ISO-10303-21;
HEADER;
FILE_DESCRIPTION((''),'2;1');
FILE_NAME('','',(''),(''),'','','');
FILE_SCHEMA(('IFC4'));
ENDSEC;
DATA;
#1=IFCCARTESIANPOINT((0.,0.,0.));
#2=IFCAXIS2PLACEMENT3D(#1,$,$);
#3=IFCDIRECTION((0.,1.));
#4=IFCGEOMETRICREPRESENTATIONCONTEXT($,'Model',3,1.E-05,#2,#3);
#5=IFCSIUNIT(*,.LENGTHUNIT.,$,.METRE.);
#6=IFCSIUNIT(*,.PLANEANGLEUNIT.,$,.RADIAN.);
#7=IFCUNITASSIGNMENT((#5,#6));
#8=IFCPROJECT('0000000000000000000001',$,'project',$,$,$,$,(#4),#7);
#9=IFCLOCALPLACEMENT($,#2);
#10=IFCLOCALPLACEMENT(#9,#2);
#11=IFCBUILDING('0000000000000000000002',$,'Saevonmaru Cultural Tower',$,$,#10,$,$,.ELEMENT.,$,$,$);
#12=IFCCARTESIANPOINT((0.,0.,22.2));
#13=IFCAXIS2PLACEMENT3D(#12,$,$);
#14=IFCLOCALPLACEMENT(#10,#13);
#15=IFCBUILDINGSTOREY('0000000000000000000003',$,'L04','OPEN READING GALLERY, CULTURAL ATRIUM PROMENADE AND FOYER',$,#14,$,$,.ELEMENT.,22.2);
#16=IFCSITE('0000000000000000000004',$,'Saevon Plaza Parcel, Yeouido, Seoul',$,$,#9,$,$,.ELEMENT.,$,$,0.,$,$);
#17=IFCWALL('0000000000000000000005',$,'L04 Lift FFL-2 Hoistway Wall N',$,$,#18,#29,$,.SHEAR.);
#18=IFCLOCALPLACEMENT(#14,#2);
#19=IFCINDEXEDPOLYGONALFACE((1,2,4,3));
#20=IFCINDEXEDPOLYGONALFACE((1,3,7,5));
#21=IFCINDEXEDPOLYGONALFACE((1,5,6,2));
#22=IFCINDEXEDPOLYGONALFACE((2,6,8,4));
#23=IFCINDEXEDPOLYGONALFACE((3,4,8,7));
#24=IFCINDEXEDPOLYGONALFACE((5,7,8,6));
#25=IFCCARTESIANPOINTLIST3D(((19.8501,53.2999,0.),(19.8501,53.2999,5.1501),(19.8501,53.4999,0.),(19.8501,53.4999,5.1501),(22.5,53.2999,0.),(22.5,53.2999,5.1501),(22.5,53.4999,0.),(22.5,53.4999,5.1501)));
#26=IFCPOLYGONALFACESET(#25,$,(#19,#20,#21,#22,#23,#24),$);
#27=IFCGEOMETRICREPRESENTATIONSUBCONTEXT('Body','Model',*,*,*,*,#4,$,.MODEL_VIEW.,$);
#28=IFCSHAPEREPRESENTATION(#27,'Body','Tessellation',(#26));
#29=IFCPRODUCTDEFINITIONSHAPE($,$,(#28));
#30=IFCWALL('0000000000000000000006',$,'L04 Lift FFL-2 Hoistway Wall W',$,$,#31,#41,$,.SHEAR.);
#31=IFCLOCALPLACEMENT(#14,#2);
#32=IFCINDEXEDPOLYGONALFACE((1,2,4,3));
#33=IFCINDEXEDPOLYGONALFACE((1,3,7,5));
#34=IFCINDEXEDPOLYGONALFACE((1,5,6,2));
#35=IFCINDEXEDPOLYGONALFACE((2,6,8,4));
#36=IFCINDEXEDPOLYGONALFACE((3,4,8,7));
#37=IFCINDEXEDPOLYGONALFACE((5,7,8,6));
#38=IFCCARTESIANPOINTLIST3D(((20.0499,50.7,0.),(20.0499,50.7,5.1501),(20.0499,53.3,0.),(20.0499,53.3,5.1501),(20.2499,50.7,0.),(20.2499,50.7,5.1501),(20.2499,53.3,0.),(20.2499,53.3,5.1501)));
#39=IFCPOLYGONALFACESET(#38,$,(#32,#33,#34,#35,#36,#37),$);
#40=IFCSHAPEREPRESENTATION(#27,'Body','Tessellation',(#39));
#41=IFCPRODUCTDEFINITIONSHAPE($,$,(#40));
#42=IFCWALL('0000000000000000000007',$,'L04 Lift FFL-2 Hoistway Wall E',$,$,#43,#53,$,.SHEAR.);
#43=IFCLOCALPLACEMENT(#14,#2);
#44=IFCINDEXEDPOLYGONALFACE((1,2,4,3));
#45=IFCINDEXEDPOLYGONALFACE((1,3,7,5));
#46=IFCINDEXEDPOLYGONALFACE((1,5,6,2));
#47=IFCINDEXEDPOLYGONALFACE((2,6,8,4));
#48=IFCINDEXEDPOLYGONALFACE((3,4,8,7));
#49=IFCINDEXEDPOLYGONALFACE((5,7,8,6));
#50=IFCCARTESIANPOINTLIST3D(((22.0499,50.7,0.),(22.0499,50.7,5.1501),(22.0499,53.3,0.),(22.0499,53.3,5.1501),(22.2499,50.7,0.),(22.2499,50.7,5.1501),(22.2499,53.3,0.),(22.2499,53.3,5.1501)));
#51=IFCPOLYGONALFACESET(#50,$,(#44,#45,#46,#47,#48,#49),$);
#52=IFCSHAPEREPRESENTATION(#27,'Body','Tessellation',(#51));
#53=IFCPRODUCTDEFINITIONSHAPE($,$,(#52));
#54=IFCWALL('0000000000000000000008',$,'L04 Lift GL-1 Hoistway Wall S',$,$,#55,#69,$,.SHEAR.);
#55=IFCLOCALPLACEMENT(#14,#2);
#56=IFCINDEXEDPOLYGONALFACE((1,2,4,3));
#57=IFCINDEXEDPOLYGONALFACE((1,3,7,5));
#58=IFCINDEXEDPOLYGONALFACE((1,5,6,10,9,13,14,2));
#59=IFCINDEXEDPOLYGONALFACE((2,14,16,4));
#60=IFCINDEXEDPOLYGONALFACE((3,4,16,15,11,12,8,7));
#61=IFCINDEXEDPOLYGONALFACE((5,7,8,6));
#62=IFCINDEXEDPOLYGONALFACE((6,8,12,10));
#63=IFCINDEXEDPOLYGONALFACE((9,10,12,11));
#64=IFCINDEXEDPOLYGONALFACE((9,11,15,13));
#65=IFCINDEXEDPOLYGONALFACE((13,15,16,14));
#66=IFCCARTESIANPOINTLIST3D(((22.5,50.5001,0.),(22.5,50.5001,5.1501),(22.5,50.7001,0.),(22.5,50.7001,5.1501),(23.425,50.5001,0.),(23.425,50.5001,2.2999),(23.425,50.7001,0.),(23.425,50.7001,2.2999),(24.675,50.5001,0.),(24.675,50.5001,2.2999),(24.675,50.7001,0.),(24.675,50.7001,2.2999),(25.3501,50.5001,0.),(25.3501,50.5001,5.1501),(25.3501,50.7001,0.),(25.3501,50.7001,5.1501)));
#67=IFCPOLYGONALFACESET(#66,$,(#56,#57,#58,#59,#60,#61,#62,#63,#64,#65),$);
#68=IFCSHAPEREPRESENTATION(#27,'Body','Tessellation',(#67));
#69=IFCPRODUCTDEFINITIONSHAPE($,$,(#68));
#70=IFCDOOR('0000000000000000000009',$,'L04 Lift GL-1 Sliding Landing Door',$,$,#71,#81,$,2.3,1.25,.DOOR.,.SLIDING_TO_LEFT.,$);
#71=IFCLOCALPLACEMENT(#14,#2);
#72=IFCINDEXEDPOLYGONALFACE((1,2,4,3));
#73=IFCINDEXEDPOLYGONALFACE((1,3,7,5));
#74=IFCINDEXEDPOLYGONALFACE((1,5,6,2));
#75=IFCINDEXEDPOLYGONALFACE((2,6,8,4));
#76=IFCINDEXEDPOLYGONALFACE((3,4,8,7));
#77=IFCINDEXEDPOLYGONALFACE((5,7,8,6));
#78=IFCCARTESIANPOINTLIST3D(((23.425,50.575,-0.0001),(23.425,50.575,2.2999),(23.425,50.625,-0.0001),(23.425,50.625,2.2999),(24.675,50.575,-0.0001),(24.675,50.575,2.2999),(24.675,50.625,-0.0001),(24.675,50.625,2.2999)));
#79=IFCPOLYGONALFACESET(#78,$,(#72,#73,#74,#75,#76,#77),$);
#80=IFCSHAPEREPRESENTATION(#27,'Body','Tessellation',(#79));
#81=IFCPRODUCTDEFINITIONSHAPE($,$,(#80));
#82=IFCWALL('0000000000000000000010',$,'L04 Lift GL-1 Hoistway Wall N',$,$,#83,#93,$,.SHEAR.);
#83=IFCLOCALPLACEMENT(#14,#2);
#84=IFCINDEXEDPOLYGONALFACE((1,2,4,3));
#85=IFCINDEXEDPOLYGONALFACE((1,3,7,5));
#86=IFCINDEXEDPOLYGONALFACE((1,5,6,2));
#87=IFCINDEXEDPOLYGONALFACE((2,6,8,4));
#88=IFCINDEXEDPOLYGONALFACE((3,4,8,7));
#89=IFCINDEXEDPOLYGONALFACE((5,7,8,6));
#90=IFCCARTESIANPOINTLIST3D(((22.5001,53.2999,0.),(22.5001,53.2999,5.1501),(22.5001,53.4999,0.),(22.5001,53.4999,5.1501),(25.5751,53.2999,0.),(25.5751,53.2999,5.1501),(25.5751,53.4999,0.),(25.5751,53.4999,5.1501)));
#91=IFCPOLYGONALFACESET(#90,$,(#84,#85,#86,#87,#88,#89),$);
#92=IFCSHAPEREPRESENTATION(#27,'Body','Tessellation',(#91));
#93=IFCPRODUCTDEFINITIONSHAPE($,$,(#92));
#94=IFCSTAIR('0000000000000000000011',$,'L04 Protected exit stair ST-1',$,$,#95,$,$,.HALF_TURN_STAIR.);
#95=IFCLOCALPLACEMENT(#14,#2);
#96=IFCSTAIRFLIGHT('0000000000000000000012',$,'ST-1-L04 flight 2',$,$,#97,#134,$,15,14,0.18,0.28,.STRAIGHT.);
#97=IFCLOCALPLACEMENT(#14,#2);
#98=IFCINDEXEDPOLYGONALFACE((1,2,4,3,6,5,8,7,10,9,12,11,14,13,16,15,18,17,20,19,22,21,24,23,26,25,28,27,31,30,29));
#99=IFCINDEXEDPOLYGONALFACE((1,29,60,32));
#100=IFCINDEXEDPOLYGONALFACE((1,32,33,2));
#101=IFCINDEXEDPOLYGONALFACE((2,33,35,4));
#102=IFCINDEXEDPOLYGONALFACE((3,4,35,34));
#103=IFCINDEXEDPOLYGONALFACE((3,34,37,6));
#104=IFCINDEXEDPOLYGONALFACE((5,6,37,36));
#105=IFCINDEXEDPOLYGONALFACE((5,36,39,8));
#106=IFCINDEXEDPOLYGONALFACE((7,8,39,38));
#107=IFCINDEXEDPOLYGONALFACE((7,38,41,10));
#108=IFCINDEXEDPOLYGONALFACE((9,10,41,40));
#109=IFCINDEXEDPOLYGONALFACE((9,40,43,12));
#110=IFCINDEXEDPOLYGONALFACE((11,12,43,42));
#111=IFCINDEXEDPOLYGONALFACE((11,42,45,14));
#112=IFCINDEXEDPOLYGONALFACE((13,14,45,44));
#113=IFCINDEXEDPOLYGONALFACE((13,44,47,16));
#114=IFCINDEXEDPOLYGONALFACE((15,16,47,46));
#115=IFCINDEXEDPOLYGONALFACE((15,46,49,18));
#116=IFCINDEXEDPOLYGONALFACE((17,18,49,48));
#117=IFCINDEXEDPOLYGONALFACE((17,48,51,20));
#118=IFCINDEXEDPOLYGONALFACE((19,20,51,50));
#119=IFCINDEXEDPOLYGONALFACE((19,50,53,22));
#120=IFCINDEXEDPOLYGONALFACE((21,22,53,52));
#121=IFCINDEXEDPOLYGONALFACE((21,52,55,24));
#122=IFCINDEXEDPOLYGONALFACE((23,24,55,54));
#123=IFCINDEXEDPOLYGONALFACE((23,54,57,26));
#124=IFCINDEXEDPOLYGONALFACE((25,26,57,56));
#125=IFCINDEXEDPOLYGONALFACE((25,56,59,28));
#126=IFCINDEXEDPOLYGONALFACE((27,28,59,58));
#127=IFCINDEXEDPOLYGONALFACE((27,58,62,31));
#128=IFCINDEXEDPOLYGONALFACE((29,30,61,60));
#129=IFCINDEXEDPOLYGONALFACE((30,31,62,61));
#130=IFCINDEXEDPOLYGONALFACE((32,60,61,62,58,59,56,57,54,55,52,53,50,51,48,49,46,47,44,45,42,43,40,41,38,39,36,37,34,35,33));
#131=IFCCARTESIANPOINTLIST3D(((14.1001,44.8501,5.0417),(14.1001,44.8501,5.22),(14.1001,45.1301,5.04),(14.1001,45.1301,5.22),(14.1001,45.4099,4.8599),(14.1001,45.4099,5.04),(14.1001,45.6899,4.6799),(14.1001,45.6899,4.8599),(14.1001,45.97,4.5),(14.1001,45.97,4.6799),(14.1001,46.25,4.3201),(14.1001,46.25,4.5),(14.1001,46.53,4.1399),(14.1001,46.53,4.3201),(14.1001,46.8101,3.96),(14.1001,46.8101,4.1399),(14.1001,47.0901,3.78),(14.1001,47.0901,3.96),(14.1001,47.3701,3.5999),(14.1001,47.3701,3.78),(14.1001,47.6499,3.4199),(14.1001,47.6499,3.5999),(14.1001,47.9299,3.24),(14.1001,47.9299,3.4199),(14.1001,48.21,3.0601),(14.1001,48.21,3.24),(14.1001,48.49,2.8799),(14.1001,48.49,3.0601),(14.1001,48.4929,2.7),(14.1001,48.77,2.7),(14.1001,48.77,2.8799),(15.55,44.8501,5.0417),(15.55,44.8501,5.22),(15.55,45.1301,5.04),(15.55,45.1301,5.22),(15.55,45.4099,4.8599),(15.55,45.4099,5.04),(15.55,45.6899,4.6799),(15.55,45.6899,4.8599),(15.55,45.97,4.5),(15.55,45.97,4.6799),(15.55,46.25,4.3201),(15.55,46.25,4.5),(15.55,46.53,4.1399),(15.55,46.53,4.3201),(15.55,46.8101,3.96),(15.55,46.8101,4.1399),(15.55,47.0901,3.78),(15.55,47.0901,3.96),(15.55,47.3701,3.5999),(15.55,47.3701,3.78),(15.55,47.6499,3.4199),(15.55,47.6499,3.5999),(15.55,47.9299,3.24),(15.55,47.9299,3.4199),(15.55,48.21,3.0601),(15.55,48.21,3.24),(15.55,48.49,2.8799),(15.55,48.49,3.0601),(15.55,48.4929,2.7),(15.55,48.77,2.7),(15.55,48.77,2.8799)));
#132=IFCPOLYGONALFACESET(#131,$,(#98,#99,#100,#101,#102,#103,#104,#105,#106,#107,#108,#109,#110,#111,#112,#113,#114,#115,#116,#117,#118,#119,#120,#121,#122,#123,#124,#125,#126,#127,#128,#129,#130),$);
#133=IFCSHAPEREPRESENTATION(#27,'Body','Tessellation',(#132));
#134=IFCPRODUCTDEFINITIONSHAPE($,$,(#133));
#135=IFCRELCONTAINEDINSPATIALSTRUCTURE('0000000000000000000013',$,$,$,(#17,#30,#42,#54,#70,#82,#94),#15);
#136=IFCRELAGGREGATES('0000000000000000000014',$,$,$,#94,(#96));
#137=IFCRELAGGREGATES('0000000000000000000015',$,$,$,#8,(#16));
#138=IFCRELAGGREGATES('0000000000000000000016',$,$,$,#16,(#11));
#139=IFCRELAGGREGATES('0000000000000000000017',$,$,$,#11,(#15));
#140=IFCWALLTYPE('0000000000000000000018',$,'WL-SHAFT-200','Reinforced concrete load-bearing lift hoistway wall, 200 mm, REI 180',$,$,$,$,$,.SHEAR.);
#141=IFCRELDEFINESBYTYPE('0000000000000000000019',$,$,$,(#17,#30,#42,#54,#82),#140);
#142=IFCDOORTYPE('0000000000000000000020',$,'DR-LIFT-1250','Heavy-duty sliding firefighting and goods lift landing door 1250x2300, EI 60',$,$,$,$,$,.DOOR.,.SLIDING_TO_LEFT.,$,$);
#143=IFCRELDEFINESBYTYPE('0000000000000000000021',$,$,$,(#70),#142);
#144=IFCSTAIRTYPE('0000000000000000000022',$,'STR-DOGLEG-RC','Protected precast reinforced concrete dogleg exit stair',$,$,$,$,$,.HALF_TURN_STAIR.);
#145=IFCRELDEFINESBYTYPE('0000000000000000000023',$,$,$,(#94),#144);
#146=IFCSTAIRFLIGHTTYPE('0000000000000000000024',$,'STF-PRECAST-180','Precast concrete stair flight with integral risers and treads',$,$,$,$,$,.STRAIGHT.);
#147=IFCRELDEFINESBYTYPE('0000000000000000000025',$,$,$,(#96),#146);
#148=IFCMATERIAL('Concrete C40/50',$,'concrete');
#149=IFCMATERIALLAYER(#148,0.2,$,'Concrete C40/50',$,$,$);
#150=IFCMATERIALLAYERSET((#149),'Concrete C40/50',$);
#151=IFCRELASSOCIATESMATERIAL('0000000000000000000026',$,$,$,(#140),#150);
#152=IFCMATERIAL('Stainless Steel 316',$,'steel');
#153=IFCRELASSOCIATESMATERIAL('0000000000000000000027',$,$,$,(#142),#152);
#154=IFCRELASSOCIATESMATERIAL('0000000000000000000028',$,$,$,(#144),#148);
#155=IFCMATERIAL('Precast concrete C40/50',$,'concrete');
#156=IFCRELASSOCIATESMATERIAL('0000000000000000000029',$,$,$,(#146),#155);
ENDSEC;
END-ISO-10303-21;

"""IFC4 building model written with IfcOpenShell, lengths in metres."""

from ifc_helpers import new_model, si_unit, direction, frame, frame_2d, origin, place, context, subcontext, project, spatial, polyline, rectangle, outline, extrude, material, layer, layer_set, type_object, element, fill, aggregate, save


model = new_model("IFC4")

# Units and contexts
model_context = context("Model", 3, precision=1e-05, world=origin(), true_north=direction((0.0, 1.0)))
body_context = subcontext(model_context, "Body", "Model", "MODEL_VIEW")
ifc_project = project(units=[si_unit("LENGTHUNIT", "METRE"), si_unit("PLANEANGLEUNIT", "RADIAN")], contexts=[model_context])

# Site, building, storey
site_placement = place(None, origin())
site = spatial("IfcSite", under=ifc_project, at=site_placement, Name="Saevon Plaza Parcel, Yeouido, Seoul", CompositionType="ELEMENT", RefElevation=0.0)
building_placement = place(site_placement, origin())
building = spatial("IfcBuilding", under=site, at=building_placement, Name="Saevonmaru Cultural Tower", CompositionType="ELEMENT")
storey_placement = place(building_placement, frame((0.0, 0.0, 22.2)))
storey = spatial("IfcBuildingStorey", under=building, at=storey_placement, Name="L04", Description="OPEN READING GALLERY, CULTURAL ATRIUM PROMENADE AND FOYER", CompositionType="ELEMENT", Elevation=22.2)

# Shared definitions
ifc_material_1 = material(Name="Concrete C40/50", Category="concrete")
ifc_layer_1 = layer(ifc_material_1, 0.2, Name="Concrete C40/50")
ifc_layer_set_1 = layer_set([ifc_layer_1], Name="Concrete C40/50")
wall_type_1 = type_object("IfcWallType", Name="WL-SHAFT-200", Description="Reinforced concrete load-bearing lift hoistway wall, 200 mm, REI 180", PredefinedType="SHEAR", material=ifc_layer_set_1)
ifc_material_2 = material(Name="Stainless Steel 316", Category="steel")
door_type_1 = type_object("IfcDoorType", Name="DR-LIFT-1250", Description="Heavy-duty sliding firefighting and goods lift landing door 1250x2300, EI 60", OperationType="SLIDING_TO_LEFT", PredefinedType="DOOR", material=ifc_material_2)

# Walls
wall_1_placement = place(storey_placement, frame((19.8501, 53.3999, 0.0), z_axis=(0.0, 0.0, 1.0), x_axis=(1.0, 0.0, 0.0)))
element("IfcWall", 1, at=wall_1_placement, inside=storey, type_object=wall_type_1, Name="L04 Lift FFL-2 Hoistway Wall N", PredefinedType="SHEAR", context=body_context, shape_type="SweptSolid", body=[
    extrude(rectangle(XDim=2.6499, YDim=0.2, at=frame_2d((1.325, 0.0))), origin(), (0.0, 0.0, 1.0), 5.1501),
])
for number, where, z_axis, x_axis, name in (
    (2, (20.1499, 50.7, 0.0), (0.0, 0.0, 1.0), (0.0, 1.0, 0.0), "L04 Lift FFL-2 Hoistway Wall W"),
    (3, (22.1499, 50.7, 0.0), (0.0, 0.0, 1.0), (0.0, 1.0, 0.0), "L04 Lift FFL-2 Hoistway Wall E"),
):
    element("IfcWall", number, at=place(storey_placement, frame(where, z_axis=z_axis, x_axis=x_axis)), inside=storey, type_object=wall_type_1, Name=name, PredefinedType="SHEAR", context=body_context, shape_type="SweptSolid", body=[
        extrude(rectangle(XDim=2.6001, YDim=0.2, at=frame_2d((1.3, 0.0))), origin(), (0.0, 0.0, 1.0), 5.1501),
    ])

# Wall, opening, door
wall_2_placement = place(storey_placement, frame((22.5, 50.6001, 0.0), z_axis=(0.0, 0.0, 1.0), x_axis=(1.0, 0.0, 0.0)))
wall_2 = element("IfcWall", 4, at=wall_2_placement, inside=storey, type_object=wall_type_1, Name="L04 Lift GL-1 Hoistway Wall S", PredefinedType="SHEAR", context=body_context, shape_type="SweptSolid", body=[
    extrude(rectangle(XDim=2.8501, YDim=0.2, at=frame_2d((1.425, 0.0))), origin(), (0.0, 0.0, 1.0), 5.1501),
])
opening_1_placement = place(wall_2_placement, frame((0.925, 0.0, 0.0)))
opening_1 = element("IfcOpeningElement", 5, at=opening_1_placement, cuts=wall_2, PredefinedType="OPENING", context=body_context, shape_type="SweptSolid", body=[
    extrude(rectangle(XDim=1.25, YDim=2.3, at=frame_2d((0.625, 1.1499))), frame((0.0, 0.1099, 0.0), z_axis=(0.0, -1.0, 0.0), x_axis=(1.0, 0.0, 0.0)), (0.0, 0.0, 1.0), 0.22),
])
door_1_placement = place(opening_1_placement, origin())
door_1 = element("IfcDoor", 6, at=door_1_placement, inside=storey, type_object=door_type_1, Name="L04 Lift GL-1 Sliding Landing Door", OperationType="SLIDING_TO_LEFT", OverallHeight=2.3, OverallWidth=1.25, PredefinedType="DOOR", context=body_context, shape_type="SweptSolid", body=[
    extrude(rectangle(XDim=1.25, YDim=2.3, at=frame_2d((0.625, 1.1499))), frame((0.0, 0.0249, 0.0), z_axis=(0.0, -1.0, 0.0), x_axis=(1.0, 0.0, 0.0)), (0.0, 0.0, 1.0), 0.05),
])
fill(opening_1, door_1)

# Wall
wall_3_placement = place(storey_placement, frame((22.5, 53.3999, 0.0), z_axis=(0.0, 0.0, 1.0), x_axis=(1.0, 0.0, 0.0)))
element("IfcWall", 7, at=wall_3_placement, inside=storey, type_object=wall_type_1, Name="L04 Lift GL-1 Hoistway Wall N", PredefinedType="SHEAR", context=body_context, shape_type="SweptSolid", body=[
    extrude(rectangle(XDim=3.075, YDim=0.2, at=frame_2d((1.5376, 0.0))), origin(), (0.0, 0.0, 1.0), 5.1501),
])

# Stair, stair flight
stair_type = type_object("IfcStairType", Name="STR-DOGLEG-RC", Description="Protected precast reinforced concrete dogleg exit stair", PredefinedType="HALF_TURN_STAIR", material=ifc_material_1)
stair_placement = place(storey_placement, origin())
stair = element("IfcStair", 8, at=stair_placement, inside=storey, type_object=stair_type, Name="L04 Protected exit stair ST-1", PredefinedType="HALF_TURN_STAIR")
ifc_material_3 = material(Name="Precast concrete C40/50", Category="concrete")
stair_flight_type = type_object("IfcStairFlightType", Name="STF-PRECAST-180", Description="Precast concrete stair flight with integral risers and treads", PredefinedType="STRAIGHT", material=ifc_material_3)
stair_flight_placement = place(storey_placement, frame((14.825, 48.77, 2.7), z_axis=(0.0, 0.0, 1.0), x_axis=(0.0, -1.0, 0.0)))
stair_flight = element("IfcStairFlight", 9, at=stair_flight_placement, type_object=stair_flight_type, Name="ST-1-L04 flight 2", NumberOfRisers=15, NumberOfTreads=14, PredefinedType="STRAIGHT", RiserHeight=0.18, TreadLength=0.28, context=body_context, shape_type="SweptSolid", body=[
    extrude(outline(polyline([(0.0, 0.0), (0.0, 0.1799), (0.28, 0.1799), (0.28, 0.3601), (0.5601, 0.3601), (0.5601, 0.54), (0.8401, 0.54), (0.8401, 0.72), (1.1201, 0.72), (1.1201, 0.8999), (1.3999, 0.8999), (1.3999, 1.0801), (1.6799, 1.0801), (1.6799, 1.26), (1.96, 1.26), (1.96, 1.4399), (2.24, 1.4399), (2.24, 1.6201), (2.52, 1.6201), (2.52, 1.8), (2.8, 1.8), (2.8, 1.98), (3.0801, 1.98), (3.0801, 2.1599), (3.3601, 2.1599), (3.3601, 2.3401), (3.6399, 2.3401), (3.6399, 2.52), (3.9199, 2.52), (3.9199, 2.7), (3.9199, 2.3418), (0.2771, 0.0), (0.0, 0.0)])), frame((0.0, 0.7251, 0.0), z_axis=(0.0, -1.0, 0.0), x_axis=(1.0, 0.0, 0.0)), (0.0, 0.0, 1.0), 1.45),
])
aggregate(stair, [stair_flight])

save(model, "model.ifc")
